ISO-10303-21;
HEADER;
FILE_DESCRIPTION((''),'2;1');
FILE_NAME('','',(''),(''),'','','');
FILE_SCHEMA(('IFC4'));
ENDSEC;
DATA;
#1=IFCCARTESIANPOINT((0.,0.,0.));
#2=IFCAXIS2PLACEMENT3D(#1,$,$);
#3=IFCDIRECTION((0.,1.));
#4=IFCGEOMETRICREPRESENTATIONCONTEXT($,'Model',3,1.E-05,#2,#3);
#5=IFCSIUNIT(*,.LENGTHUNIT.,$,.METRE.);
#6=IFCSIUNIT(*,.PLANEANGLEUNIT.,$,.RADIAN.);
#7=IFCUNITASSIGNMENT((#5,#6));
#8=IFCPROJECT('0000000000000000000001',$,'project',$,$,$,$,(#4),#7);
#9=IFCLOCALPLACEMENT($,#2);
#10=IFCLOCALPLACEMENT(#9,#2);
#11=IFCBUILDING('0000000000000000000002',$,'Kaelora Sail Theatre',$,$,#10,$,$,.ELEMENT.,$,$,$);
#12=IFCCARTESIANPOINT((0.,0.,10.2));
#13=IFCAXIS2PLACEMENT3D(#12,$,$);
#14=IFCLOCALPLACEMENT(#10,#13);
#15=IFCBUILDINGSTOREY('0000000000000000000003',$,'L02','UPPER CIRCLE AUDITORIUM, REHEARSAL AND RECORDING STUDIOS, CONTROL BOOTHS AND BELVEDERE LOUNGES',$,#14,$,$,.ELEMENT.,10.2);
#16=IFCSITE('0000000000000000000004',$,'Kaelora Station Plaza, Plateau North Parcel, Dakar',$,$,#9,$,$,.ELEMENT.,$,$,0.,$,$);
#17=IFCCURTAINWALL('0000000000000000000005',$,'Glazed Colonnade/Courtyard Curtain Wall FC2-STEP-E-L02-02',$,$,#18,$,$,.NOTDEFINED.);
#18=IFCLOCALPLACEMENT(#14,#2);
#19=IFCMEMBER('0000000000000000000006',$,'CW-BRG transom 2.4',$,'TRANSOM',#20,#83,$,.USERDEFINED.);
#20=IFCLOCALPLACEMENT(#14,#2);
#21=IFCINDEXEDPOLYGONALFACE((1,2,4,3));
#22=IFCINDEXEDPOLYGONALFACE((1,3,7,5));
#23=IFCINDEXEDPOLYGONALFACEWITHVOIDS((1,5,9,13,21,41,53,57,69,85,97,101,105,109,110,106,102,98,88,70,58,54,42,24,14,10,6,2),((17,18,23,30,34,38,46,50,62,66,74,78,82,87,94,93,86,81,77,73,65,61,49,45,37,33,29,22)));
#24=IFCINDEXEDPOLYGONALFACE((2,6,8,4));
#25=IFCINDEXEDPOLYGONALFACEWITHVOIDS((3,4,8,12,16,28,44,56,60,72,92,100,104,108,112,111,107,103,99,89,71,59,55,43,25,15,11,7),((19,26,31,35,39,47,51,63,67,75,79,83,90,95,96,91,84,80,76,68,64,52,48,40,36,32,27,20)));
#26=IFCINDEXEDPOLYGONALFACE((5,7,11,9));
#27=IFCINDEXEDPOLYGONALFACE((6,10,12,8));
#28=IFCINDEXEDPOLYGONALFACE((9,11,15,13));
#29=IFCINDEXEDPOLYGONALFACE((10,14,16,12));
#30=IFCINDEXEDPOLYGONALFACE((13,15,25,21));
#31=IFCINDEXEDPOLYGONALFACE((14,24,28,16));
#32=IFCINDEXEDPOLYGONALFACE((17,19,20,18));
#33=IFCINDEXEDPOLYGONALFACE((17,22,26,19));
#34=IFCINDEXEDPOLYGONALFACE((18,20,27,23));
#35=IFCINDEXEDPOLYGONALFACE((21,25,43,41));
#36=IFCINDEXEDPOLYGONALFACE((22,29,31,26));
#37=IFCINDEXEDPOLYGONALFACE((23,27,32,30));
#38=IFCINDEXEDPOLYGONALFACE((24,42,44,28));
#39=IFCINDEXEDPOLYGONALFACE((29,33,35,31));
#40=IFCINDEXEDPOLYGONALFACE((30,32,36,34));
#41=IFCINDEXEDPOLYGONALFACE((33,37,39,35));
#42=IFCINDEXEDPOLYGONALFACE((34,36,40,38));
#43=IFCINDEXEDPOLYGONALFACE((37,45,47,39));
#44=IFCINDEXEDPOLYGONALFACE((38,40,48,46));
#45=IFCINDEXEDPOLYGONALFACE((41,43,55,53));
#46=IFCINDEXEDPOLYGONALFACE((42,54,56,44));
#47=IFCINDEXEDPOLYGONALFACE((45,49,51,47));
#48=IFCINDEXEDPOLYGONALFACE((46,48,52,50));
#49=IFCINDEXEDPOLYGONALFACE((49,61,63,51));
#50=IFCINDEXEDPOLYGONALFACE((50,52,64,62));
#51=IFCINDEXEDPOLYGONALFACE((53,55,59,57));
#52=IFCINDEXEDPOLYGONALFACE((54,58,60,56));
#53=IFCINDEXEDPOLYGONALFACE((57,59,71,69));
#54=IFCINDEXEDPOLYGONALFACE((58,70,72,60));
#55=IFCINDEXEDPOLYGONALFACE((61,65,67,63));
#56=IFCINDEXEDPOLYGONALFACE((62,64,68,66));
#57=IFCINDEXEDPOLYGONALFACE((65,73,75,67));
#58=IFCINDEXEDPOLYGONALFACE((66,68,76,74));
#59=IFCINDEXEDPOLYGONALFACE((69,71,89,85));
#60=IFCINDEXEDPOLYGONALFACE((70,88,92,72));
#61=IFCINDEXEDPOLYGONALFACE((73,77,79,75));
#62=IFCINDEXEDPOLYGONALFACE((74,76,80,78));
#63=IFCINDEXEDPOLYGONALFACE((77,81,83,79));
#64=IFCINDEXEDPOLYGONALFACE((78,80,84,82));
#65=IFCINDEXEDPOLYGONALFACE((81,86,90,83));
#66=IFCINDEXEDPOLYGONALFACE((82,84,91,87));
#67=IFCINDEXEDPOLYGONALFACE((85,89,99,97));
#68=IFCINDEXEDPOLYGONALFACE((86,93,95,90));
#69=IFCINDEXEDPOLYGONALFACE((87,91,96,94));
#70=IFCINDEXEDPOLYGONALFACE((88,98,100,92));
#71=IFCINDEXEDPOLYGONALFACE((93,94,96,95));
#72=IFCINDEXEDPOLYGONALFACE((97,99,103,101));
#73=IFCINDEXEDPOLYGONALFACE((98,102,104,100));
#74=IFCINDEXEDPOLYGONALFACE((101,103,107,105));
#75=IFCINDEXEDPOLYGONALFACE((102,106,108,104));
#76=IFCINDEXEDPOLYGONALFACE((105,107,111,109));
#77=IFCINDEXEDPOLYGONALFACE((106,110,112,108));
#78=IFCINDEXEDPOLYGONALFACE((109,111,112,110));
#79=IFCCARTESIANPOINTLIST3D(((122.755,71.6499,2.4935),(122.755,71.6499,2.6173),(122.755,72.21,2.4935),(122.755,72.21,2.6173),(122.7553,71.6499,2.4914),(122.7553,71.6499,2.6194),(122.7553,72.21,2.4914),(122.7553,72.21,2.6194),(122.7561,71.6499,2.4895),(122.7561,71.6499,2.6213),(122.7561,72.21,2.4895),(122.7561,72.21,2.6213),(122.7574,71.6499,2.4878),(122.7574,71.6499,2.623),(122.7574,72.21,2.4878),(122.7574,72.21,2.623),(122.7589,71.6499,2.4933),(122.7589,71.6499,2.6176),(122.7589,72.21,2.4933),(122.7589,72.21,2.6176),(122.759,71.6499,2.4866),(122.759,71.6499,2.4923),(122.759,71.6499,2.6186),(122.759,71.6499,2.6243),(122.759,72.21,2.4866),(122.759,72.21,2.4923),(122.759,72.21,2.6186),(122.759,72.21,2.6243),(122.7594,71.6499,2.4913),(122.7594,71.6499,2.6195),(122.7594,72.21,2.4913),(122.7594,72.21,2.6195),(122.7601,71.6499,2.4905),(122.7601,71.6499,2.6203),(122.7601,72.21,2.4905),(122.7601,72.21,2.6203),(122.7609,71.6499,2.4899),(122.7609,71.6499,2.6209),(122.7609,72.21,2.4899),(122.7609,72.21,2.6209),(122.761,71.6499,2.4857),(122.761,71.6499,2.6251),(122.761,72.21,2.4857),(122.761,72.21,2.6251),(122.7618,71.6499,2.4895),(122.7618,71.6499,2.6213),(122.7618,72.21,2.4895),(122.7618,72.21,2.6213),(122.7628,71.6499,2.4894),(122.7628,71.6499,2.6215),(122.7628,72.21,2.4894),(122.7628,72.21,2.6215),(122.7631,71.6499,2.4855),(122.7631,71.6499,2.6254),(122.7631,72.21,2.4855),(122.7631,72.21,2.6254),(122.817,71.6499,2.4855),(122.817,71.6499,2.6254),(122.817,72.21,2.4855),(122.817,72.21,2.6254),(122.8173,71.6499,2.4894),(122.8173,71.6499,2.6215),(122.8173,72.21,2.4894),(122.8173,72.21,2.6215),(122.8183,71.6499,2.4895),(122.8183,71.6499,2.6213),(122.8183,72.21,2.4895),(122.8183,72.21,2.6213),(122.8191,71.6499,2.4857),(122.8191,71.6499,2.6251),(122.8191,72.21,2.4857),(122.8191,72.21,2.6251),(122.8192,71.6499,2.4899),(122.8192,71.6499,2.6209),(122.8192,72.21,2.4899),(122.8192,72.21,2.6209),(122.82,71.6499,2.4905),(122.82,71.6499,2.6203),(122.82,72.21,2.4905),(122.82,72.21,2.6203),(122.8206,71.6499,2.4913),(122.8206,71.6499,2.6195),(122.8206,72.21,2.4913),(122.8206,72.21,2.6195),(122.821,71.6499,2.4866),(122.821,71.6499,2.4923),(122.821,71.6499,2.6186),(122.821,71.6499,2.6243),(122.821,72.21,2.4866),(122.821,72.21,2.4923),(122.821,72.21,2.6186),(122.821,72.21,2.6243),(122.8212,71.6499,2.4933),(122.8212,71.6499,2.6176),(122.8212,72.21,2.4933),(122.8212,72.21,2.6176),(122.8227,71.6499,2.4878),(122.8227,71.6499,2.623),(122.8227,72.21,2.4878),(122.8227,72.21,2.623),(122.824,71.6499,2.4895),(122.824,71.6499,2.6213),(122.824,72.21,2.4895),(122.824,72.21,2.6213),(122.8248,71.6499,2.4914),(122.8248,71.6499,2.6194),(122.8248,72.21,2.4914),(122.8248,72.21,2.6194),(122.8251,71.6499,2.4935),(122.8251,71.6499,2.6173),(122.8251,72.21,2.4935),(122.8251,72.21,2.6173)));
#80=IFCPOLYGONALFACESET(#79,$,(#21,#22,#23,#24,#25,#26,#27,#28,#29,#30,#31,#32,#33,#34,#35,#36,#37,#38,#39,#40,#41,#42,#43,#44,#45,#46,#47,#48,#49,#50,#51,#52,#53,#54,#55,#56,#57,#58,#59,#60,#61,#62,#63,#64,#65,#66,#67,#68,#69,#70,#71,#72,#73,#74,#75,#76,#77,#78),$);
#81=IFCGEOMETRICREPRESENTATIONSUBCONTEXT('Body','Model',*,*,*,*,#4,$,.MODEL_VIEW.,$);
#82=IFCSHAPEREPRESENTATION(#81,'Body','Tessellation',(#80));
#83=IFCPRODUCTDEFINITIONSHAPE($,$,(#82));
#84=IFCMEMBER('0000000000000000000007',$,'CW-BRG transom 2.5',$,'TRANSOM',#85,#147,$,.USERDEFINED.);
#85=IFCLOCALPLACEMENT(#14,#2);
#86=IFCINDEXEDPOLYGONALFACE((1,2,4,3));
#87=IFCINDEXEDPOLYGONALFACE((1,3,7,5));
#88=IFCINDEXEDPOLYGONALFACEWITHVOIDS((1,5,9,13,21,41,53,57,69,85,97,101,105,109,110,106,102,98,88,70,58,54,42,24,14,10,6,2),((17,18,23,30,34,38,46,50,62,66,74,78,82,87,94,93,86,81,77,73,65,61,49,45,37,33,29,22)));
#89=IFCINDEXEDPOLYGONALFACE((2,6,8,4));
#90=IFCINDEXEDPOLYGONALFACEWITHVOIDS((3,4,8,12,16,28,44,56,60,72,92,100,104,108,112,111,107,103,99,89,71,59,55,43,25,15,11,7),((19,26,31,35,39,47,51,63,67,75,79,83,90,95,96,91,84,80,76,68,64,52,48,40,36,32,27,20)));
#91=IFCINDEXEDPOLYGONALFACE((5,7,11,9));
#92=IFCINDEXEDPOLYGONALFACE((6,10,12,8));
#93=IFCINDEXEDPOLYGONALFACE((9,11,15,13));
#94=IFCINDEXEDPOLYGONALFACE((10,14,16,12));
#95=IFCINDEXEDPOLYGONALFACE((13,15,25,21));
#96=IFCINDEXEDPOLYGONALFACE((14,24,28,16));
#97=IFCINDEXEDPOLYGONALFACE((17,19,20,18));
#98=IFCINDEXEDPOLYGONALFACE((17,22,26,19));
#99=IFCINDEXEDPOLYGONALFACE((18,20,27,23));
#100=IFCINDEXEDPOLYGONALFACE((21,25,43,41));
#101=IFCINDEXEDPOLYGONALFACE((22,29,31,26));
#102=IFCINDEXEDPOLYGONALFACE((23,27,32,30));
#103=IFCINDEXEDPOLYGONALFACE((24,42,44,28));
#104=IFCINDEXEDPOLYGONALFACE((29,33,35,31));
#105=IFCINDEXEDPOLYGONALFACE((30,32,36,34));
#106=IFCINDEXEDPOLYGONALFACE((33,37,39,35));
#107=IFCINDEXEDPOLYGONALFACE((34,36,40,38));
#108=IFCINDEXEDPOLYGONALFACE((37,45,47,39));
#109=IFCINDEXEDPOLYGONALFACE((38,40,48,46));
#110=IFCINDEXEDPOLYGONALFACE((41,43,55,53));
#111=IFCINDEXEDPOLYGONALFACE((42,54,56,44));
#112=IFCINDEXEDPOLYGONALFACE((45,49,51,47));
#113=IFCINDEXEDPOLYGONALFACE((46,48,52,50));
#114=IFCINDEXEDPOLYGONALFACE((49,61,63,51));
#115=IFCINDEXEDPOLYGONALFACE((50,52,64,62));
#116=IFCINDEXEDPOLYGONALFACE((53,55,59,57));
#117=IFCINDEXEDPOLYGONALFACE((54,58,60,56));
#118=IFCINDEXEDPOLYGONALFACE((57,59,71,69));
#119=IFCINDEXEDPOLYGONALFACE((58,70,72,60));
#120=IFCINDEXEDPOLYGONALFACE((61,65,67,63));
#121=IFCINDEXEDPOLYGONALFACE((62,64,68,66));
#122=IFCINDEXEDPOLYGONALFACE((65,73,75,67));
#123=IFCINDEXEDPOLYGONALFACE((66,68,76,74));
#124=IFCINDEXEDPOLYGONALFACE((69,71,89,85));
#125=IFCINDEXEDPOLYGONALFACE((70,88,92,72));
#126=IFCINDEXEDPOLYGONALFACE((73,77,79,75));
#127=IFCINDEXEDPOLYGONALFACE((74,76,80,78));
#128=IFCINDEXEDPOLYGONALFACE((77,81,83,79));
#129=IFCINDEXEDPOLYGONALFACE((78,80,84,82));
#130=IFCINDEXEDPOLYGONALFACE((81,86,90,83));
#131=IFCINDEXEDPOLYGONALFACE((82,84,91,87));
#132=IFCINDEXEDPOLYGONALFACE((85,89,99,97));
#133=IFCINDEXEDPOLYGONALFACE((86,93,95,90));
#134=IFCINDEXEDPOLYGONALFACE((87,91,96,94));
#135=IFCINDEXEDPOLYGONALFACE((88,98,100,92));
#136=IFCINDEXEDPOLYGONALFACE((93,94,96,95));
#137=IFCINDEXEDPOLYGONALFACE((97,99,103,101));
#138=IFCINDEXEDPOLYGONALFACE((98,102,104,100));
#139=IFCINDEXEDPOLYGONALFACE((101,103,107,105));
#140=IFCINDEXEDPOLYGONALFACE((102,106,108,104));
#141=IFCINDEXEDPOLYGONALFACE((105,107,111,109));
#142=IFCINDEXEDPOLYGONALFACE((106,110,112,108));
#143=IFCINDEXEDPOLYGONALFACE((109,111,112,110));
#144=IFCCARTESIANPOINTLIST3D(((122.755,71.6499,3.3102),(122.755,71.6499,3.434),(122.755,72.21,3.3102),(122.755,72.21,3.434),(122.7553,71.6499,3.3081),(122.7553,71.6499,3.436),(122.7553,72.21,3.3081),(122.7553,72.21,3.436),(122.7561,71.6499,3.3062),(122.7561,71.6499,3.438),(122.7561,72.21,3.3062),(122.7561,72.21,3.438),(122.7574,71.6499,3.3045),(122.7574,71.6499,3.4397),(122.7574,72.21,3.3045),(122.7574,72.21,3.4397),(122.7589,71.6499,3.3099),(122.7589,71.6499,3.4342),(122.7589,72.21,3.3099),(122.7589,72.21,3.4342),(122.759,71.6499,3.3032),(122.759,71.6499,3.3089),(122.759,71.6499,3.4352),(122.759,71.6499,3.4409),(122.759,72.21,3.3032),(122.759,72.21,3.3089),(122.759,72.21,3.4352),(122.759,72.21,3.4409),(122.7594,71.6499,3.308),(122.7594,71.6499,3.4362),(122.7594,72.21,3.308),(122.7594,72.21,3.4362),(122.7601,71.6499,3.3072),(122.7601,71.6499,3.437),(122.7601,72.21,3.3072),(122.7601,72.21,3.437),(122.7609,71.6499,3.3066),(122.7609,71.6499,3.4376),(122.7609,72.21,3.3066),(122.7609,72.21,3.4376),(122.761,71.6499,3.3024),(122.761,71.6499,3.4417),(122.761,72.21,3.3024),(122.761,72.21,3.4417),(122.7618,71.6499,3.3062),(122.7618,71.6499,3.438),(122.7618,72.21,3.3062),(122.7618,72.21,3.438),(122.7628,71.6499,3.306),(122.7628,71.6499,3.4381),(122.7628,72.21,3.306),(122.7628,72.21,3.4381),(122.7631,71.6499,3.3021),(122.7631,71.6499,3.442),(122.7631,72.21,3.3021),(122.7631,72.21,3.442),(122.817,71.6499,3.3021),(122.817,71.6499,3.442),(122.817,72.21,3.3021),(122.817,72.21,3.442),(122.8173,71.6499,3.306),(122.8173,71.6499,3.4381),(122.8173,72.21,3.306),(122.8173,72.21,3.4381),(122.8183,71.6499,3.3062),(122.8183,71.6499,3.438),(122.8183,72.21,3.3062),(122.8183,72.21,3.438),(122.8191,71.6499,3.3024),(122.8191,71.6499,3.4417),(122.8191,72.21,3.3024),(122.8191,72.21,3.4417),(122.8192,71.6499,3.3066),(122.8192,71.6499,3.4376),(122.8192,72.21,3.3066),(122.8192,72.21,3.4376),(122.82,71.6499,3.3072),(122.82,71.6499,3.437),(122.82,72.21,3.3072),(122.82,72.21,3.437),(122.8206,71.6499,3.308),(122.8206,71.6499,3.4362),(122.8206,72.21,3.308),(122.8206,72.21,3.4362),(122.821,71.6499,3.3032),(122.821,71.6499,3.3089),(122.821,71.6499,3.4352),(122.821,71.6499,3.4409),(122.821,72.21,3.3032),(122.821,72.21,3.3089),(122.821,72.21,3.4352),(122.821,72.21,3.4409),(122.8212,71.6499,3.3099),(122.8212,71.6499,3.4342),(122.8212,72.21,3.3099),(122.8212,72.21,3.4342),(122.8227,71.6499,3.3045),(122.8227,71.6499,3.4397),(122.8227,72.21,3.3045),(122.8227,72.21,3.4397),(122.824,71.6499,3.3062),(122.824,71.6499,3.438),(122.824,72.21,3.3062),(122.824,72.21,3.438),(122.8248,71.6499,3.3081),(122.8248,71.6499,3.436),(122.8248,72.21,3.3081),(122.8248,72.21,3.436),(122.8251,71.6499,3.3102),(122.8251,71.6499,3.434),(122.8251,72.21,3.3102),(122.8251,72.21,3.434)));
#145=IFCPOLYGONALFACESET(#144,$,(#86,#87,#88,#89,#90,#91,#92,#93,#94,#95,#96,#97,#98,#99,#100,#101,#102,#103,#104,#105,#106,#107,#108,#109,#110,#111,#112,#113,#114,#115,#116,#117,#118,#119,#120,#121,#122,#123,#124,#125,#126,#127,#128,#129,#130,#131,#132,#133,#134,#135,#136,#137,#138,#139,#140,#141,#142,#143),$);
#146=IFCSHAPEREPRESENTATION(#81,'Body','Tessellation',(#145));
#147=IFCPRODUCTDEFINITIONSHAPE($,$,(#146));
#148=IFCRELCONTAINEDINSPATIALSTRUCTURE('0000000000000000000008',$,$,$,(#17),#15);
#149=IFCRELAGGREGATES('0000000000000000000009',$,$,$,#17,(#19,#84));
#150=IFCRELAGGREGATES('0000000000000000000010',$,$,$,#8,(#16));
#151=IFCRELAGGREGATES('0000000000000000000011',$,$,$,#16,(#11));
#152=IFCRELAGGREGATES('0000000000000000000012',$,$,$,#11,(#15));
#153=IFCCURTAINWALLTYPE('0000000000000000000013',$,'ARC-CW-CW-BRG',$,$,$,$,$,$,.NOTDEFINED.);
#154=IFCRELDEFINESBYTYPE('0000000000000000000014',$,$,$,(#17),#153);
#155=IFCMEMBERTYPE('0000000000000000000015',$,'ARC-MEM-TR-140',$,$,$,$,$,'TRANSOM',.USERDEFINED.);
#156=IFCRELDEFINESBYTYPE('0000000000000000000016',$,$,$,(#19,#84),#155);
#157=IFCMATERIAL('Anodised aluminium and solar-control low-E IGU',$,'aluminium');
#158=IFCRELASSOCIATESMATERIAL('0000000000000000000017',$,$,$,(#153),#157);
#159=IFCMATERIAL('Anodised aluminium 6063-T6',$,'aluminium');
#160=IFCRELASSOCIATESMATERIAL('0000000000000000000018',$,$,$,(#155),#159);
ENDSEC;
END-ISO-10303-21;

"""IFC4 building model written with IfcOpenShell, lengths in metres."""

from ifc_helpers import new_model, si_unit, direction, frame, origin, origin_2d, place, context, subcontext, project, spatial, hollow_rectangle, extrude, material, material_profile, profile_set, type_object, element, aggregate, save


model = new_model("IFC4")

# Units and contexts
model_context = context("Model", 3, precision=1e-05, world=origin(), true_north=direction((0.0, 1.0)))
body_context = subcontext(model_context, "Body", "Model", "MODEL_VIEW")
ifc_project = project(units=[si_unit("LENGTHUNIT", "METRE"), si_unit("PLANEANGLEUNIT", "RADIAN")], contexts=[model_context])

# Site, building, storey
site_placement = place(None, origin())
site = spatial("IfcSite", under=ifc_project, at=site_placement, Name="Kaelora Station Plaza, Plateau North Parcel, Dakar", CompositionType="ELEMENT", RefElevation=0.0)
building_placement = place(site_placement, origin())
building = spatial("IfcBuilding", under=site, at=building_placement, Name="Kaelora Sail Theatre", CompositionType="ELEMENT")
storey_placement = place(building_placement, frame((0.0, 0.0, 10.2)))
storey = spatial("IfcBuildingStorey", under=building, at=storey_placement, Name="L02", Description="UPPER CIRCLE AUDITORIUM, REHEARSAL AND RECORDING STUDIOS, CONTROL BOOTHS AND BELVEDERE LOUNGES", CompositionType="ELEMENT", Elevation=10.2)

# Curtain wall, members
ifc_material_1 = material(Name="Anodised aluminium and solar-control low-E IGU", Category="aluminium")
curtain_wall_type = type_object("IfcCurtainWallType", Name="ARC-CW-CW-BRG", PredefinedType="NOTDEFINED", material=ifc_material_1)
curtain_wall_placement = place(storey_placement, origin())
curtain_wall = element("IfcCurtainWall", 1, at=curtain_wall_placement, inside=storey, type_object=curtain_wall_type, Name="Glazed Colonnade/Courtyard Curtain Wall FC2-STEP-E-L02-02", PredefinedType="NOTDEFINED")
ifc_material_2 = material(Name="Anodised aluminium 6063-T6", Category="aluminium")
ifc_material_profile_1 = material_profile(ifc_material_2, hollow_rectangle(XDim=0.0701, YDim=0.1399, WallThickness=0.0039, InnerFilletRadius=0.0039, OuterFilletRadius=0.0081, at=origin_2d()), Name="ALU-TRAN 70x140x4")
ifc_profile_set_1 = profile_set([ifc_material_profile_1], Name="Anodised aluminium 6063-T6")
member_type_1 = type_object("IfcMemberType", Name="ARC-MEM-TR-140", ElementType="TRANSOM", PredefinedType="USERDEFINED", material=ifc_profile_set_1)
member_1_placement = place(storey_placement, frame((122.79, 71.6499, 2.5554), z_axis=(0.0, 1.0, 0.0), x_axis=(-1.0, 0.0, 0.0)))
member_1 = element("IfcMember", 2, at=member_1_placement, type_object=member_type_1, Name="CW-BRG transom 2.4", ObjectType="TRANSOM", PredefinedType="USERDEFINED", context=body_context, shape_type="SweptSolid", body=[
    extrude(hollow_rectangle(XDim=0.0701, YDim=0.1399, WallThickness=0.0039, InnerFilletRadius=0.0039, OuterFilletRadius=0.0081, at=origin_2d()), origin(), (0.0, 0.0, 1.0), 0.5601),
])
member_2_placement = place(storey_placement, frame((122.79, 71.6499, 3.3721), z_axis=(0.0, 1.0, 0.0), x_axis=(-1.0, 0.0, 0.0)))
member_2 = element("IfcMember", 3, at=member_2_placement, type_object=member_type_1, Name="CW-BRG transom 2.5", ObjectType="TRANSOM", PredefinedType="USERDEFINED", context=body_context, shape_type="SweptSolid", body=[
    extrude(hollow_rectangle(XDim=0.0701, YDim=0.1399, WallThickness=0.0039, InnerFilletRadius=0.0039, OuterFilletRadius=0.0081, at=origin_2d()), origin(), (0.0, 0.0, 1.0), 0.5601),
])
aggregate(curtain_wall, [member_1, member_2])

save(model, "model.ifc")
